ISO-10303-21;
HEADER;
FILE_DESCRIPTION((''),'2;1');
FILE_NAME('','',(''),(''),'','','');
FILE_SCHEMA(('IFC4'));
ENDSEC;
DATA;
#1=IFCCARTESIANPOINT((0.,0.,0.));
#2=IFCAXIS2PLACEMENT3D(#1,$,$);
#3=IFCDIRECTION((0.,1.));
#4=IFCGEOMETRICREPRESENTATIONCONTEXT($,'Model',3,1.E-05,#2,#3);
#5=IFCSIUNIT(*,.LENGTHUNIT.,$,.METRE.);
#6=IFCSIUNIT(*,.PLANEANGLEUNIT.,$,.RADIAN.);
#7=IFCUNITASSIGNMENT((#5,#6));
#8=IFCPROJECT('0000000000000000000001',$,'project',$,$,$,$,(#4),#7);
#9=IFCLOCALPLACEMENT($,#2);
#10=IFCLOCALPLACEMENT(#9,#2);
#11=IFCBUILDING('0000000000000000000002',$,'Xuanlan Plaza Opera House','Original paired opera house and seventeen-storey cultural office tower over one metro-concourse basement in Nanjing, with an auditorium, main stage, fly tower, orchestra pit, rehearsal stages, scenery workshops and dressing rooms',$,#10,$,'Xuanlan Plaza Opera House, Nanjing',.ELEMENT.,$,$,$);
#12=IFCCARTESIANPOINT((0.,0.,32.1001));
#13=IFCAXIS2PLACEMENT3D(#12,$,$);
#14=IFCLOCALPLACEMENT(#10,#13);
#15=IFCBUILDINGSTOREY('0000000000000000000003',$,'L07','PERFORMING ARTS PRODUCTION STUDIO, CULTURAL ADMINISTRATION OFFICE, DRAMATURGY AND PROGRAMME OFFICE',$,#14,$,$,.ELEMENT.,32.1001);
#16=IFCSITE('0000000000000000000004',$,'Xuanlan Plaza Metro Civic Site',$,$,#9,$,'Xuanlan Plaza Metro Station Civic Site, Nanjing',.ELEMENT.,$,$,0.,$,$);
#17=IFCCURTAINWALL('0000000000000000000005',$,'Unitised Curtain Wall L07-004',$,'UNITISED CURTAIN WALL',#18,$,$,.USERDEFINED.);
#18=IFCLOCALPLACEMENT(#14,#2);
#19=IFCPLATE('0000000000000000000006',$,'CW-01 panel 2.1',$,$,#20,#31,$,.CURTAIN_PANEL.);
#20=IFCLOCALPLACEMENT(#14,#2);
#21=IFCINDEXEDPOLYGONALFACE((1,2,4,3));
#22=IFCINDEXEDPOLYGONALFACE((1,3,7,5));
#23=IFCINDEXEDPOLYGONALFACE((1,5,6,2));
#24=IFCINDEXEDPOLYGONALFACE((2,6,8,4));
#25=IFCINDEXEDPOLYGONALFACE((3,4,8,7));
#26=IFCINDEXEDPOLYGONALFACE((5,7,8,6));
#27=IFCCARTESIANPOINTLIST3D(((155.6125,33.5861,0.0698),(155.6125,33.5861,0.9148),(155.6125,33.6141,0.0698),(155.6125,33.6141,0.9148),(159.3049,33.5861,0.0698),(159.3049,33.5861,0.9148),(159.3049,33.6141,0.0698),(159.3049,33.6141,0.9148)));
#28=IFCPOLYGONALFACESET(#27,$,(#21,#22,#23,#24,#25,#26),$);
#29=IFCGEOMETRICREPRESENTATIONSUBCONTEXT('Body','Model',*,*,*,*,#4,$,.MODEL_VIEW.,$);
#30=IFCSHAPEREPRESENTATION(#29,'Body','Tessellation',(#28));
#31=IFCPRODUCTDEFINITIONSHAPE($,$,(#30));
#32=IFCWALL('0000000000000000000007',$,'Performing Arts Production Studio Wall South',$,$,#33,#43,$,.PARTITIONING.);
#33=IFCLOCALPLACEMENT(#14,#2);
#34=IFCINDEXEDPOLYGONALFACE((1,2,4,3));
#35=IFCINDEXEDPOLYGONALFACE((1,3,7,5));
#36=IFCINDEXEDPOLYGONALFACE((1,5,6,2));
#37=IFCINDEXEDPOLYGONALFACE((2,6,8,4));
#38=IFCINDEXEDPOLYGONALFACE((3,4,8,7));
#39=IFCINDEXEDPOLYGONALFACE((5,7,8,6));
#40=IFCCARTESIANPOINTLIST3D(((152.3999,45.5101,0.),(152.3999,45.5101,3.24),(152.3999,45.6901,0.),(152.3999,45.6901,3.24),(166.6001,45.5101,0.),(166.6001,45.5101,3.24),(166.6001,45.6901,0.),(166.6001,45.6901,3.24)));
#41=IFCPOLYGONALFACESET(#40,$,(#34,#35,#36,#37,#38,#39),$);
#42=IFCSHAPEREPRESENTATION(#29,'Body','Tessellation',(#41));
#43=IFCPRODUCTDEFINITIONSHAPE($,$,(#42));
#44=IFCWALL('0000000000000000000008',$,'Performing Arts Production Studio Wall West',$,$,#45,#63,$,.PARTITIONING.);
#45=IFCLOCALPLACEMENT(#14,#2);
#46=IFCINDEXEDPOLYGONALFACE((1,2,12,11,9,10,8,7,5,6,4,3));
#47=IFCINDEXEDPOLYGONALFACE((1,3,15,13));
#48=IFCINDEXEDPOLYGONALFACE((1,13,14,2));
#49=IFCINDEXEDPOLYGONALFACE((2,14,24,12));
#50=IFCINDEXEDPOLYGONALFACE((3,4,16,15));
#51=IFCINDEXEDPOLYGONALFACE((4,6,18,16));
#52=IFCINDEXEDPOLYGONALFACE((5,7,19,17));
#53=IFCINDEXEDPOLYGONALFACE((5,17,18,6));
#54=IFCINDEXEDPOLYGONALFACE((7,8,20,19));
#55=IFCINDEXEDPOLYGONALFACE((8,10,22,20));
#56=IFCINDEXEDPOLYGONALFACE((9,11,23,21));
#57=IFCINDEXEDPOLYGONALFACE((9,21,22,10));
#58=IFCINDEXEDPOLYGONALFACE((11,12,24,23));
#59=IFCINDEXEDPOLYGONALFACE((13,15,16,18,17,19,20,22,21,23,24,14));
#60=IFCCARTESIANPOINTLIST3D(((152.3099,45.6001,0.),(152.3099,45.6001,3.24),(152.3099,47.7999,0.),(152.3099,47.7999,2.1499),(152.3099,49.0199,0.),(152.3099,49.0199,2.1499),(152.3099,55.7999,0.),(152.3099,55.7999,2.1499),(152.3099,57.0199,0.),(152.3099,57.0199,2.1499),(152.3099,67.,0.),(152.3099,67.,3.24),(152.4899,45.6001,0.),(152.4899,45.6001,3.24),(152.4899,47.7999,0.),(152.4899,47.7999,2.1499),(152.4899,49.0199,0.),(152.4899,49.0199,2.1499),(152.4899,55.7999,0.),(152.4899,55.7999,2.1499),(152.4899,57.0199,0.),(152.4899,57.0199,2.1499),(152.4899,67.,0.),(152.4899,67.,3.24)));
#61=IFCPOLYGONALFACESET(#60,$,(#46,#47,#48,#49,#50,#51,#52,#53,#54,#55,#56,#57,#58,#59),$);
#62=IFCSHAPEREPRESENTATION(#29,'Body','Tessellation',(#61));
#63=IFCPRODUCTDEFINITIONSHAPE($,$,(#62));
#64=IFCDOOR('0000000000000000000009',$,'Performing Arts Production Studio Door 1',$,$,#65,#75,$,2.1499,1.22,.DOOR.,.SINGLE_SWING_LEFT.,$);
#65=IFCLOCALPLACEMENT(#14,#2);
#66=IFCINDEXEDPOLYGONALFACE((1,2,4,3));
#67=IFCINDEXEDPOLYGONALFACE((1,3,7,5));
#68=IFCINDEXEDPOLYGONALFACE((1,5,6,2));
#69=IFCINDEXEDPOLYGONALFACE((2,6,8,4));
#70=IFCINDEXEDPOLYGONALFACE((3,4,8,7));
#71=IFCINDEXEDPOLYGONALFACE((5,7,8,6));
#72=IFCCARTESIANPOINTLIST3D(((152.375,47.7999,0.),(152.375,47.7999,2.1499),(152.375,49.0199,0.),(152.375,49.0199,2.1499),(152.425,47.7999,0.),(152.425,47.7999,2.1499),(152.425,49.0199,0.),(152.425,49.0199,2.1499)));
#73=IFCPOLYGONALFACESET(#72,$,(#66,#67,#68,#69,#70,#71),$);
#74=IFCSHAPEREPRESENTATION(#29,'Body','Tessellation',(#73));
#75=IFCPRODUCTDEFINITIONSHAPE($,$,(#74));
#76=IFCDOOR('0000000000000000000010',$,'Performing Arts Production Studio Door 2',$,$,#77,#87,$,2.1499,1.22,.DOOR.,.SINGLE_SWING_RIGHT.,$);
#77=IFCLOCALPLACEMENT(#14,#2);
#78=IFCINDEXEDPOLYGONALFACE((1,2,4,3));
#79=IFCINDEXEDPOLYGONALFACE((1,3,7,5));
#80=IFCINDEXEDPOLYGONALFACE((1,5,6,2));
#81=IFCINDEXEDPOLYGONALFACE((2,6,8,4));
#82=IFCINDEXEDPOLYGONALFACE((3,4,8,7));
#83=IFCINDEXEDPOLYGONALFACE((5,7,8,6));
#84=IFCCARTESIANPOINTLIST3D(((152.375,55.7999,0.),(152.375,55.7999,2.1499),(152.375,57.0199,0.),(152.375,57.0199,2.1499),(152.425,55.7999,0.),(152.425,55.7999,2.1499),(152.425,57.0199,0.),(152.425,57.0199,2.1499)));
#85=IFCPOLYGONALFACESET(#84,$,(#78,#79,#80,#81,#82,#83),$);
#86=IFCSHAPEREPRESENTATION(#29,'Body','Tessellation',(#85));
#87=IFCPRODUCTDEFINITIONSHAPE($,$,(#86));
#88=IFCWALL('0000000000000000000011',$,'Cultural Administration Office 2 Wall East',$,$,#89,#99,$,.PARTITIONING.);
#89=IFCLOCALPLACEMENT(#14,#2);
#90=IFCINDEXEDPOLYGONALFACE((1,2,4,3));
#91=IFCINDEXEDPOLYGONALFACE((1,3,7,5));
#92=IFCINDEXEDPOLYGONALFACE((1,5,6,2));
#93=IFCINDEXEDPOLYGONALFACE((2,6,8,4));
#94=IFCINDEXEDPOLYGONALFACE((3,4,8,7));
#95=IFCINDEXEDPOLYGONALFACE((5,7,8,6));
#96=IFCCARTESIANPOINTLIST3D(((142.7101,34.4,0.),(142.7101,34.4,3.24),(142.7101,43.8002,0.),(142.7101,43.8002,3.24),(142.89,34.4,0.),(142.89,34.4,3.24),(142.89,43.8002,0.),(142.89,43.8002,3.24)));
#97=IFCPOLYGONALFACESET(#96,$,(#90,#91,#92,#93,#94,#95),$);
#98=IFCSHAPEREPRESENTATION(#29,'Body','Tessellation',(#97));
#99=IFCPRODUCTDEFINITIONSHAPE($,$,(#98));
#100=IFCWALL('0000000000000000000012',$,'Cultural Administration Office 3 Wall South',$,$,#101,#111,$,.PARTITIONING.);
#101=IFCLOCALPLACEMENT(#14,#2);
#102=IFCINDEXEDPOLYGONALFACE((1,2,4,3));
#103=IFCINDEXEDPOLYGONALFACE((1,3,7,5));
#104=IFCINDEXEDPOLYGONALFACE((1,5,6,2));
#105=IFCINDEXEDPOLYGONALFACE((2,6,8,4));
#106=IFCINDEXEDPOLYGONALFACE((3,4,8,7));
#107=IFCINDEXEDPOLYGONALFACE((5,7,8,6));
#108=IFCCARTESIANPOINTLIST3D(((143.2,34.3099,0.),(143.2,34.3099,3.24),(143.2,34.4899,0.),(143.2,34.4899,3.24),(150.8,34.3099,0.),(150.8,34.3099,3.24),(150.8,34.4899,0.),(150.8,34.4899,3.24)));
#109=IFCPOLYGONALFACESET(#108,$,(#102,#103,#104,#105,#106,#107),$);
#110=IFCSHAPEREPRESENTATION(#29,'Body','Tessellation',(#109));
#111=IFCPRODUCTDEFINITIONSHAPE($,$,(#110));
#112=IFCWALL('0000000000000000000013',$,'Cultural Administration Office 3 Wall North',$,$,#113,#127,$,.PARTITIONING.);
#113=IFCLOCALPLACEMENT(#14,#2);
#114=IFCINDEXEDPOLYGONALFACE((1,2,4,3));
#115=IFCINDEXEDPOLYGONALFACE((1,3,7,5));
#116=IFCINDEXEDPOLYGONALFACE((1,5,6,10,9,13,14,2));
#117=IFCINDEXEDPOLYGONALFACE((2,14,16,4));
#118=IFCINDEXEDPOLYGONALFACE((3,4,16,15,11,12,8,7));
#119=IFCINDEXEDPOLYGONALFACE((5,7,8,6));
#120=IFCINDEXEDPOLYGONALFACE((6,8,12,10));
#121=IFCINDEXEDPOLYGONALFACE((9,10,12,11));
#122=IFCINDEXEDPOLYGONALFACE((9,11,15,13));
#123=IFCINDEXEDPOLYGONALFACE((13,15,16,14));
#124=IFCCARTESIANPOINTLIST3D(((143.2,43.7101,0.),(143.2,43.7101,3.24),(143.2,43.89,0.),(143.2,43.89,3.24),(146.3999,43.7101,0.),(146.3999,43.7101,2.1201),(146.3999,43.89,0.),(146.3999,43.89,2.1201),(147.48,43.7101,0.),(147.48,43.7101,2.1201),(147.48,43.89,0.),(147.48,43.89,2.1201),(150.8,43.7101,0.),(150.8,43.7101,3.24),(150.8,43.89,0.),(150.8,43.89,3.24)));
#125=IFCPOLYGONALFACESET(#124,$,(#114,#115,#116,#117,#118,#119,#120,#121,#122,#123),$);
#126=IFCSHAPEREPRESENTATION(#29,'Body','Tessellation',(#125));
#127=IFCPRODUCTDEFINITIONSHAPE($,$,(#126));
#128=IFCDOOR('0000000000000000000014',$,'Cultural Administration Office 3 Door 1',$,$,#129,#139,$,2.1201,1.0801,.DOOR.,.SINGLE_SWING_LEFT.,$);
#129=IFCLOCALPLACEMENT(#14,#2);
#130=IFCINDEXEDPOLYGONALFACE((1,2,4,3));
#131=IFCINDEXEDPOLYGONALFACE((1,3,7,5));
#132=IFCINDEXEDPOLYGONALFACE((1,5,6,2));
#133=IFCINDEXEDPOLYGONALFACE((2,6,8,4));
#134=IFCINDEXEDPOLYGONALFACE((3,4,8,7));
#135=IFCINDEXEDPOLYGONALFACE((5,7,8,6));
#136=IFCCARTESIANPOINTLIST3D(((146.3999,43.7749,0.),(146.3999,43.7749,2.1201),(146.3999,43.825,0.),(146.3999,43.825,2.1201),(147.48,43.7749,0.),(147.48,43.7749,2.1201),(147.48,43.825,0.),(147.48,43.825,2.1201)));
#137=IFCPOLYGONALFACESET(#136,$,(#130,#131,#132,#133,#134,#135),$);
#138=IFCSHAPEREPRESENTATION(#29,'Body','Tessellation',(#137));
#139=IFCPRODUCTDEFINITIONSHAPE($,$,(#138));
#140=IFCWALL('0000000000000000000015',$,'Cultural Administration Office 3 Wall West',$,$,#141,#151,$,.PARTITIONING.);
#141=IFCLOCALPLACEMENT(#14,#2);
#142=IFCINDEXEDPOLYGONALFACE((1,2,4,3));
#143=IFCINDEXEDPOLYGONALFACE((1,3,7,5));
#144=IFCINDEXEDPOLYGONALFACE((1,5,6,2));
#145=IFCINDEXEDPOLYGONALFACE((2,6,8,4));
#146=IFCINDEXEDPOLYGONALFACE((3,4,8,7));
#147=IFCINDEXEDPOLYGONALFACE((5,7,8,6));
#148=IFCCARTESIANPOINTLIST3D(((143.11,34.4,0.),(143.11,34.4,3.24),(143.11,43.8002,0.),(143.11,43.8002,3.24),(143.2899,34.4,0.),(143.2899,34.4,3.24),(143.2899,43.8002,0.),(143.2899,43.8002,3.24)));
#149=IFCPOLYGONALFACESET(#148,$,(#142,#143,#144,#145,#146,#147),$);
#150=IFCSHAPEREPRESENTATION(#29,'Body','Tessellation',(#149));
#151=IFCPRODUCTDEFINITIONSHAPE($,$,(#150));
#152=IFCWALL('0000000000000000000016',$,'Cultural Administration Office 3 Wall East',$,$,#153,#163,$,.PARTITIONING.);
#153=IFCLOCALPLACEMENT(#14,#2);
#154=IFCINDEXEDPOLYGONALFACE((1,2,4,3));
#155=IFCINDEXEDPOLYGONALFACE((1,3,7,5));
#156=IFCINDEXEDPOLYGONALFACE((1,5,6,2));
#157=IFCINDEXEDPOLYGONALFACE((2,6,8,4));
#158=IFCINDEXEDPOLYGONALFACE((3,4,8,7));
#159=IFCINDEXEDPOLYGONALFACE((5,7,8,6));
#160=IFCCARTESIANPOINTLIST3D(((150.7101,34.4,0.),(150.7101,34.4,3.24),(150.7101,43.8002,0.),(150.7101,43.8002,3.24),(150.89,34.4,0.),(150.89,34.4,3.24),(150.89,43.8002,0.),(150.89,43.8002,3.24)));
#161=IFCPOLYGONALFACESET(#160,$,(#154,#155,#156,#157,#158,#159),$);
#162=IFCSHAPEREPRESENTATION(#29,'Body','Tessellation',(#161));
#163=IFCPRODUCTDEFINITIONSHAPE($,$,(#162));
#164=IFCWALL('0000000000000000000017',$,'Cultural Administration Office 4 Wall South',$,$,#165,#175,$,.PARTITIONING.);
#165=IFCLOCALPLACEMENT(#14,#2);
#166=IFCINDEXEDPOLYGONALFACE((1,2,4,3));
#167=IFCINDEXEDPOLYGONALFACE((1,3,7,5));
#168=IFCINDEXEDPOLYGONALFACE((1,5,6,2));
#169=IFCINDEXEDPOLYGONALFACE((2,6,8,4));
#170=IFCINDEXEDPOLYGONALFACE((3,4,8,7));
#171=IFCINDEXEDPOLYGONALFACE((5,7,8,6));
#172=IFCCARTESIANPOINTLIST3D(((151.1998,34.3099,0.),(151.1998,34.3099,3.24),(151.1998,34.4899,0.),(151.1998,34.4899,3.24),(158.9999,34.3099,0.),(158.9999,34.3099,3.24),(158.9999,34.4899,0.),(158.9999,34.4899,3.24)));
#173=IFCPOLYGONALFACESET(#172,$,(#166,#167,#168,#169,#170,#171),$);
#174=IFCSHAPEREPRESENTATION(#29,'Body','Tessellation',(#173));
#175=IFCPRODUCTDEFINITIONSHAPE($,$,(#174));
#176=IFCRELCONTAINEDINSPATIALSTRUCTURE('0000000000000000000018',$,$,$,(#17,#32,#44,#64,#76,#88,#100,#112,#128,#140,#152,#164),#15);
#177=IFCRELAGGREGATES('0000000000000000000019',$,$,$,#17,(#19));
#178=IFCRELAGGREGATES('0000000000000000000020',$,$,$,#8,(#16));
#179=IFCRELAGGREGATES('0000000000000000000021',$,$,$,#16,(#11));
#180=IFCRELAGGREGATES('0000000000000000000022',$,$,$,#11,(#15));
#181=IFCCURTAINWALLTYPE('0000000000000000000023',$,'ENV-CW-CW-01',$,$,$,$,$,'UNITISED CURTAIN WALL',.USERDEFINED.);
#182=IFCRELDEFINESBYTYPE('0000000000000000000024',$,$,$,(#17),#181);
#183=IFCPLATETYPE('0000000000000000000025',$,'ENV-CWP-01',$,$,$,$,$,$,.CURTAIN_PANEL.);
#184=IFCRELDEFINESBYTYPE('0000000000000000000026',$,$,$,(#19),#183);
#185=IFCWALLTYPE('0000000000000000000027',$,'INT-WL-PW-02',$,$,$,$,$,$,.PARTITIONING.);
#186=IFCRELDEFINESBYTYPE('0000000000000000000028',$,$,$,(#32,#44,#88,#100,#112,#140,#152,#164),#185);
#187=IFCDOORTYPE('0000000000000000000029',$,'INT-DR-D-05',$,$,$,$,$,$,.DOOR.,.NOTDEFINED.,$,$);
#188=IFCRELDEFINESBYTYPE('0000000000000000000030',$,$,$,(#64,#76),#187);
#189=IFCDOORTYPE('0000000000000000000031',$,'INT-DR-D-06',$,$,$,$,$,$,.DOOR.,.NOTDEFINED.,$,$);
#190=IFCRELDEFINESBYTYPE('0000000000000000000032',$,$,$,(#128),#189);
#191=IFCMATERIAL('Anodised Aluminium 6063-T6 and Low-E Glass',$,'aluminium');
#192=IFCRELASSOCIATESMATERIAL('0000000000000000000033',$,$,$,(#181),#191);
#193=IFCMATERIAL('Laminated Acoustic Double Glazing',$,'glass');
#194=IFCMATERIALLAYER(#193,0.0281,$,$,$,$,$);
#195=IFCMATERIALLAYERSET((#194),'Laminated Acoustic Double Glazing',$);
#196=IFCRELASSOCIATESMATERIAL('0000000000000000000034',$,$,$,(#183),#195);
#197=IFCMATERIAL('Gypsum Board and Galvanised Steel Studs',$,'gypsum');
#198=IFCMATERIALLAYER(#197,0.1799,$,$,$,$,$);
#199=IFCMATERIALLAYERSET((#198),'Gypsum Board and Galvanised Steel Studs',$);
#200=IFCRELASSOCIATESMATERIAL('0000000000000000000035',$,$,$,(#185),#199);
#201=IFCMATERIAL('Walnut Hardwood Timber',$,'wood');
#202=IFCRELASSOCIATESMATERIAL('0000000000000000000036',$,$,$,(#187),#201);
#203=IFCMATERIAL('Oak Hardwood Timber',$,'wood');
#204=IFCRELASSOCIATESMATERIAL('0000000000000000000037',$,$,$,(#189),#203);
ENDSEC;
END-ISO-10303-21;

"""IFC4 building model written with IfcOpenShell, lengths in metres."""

from ifc_helpers import new_model, si_unit, direction, frame, frame_2d, origin, origin_2d, place, context, subcontext, project, spatial, rectangle, extrude, material, layer, layer_set, type_object, element, fill, aggregate, save


model = new_model("IFC4")

# Units and contexts
model_context = context("Model", 3, precision=1e-05, world=origin(), true_north=direction((0.0, 1.0)))
body_context = subcontext(model_context, "Body", "Model", "MODEL_VIEW")
ifc_project = project(units=[si_unit("LENGTHUNIT", "METRE"), si_unit("PLANEANGLEUNIT", "RADIAN")], contexts=[model_context])

# Site, building, storey
site_placement = place(None, origin())
site = spatial("IfcSite", under=ifc_project, at=site_placement, Name="Xuanlan Plaza Metro Civic Site", LongName="Xuanlan Plaza Metro Station Civic Site, Nanjing", CompositionType="ELEMENT", RefElevation=0.0)
building_placement = place(site_placement, origin())
building = spatial("IfcBuilding", under=site, at=building_placement, Name="Xuanlan Plaza Opera House", Description="Original paired opera house and seventeen-storey cultural office tower over one metro-concourse basement in Nanjing, with an auditorium, main stage, fly tower, orchestra pit, rehearsal stages, scenery workshops and dressing rooms", LongName="Xuanlan Plaza Opera House, Nanjing", CompositionType="ELEMENT")
storey_placement = place(building_placement, frame((0.0, 0.0, 32.1001)))
storey = spatial("IfcBuildingStorey", under=building, at=storey_placement, Name="L07", Description="PERFORMING ARTS PRODUCTION STUDIO, CULTURAL ADMINISTRATION OFFICE, DRAMATURGY AND PROGRAMME OFFICE", CompositionType="ELEMENT", Elevation=32.1001)

# Curtain wall
ifc_material_1 = material(Name="Anodised Aluminium 6063-T6 and Low-E Glass", Category="aluminium")
curtain_wall_type = type_object("IfcCurtainWallType", Name="ENV-CW-CW-01", ElementType="UNITISED CURTAIN WALL", PredefinedType="USERDEFINED", material=ifc_material_1)
curtain_wall_placement = place(storey_placement, origin())
curtain_wall = element("IfcCurtainWall", 1, at=curtain_wall_placement, inside=storey, type_object=curtain_wall_type, Name="Unitised Curtain Wall L07-004", ObjectType="UNITISED CURTAIN WALL", PredefinedType="USERDEFINED")

# Plate
ifc_material_2 = material(Name="Laminated Acoustic Double Glazing", Category="glass")
ifc_layer_1 = layer(ifc_material_2, 0.0281)
ifc_layer_set_1 = layer_set([ifc_layer_1], Name="Laminated Acoustic Double Glazing")
plate_type = type_object("IfcPlateType", Name="ENV-CWP-01", PredefinedType="CURTAIN_PANEL", material=ifc_layer_set_1)
plate_placement = place(storey_placement, frame((157.4587, 33.6001, 0.0698), z_axis=(0.0, 0.0, 1.0), x_axis=(1.0, 0.0, 0.0)))
plate = element("IfcPlate", 2, at=plate_placement, type_object=plate_type, Name="CW-01 panel 2.1", PredefinedType="CURTAIN_PANEL", context=body_context, shape_type="SweptSolid", body=[
    extrude(rectangle(XDim=3.6924, YDim=0.0281, at=origin_2d()), origin(), (0.0, 0.0, 1.0), 0.845),
])
aggregate(curtain_wall, [plate])

# Wall
ifc_material_3 = material(Name="Gypsum Board and Galvanised Steel Studs", Category="gypsum")
ifc_layer_2 = layer(ifc_material_3, 0.1799)
ifc_layer_set_2 = layer_set([ifc_layer_2], Name="Gypsum Board and Galvanised Steel Studs")
wall_type = type_object("IfcWallType", Name="INT-WL-PW-02", PredefinedType="PARTITIONING", material=ifc_layer_set_2)
wall_1_placement = place(storey_placement, frame((152.3999, 45.6001, 0.0), z_axis=(0.0, 0.0, 1.0), x_axis=(1.0, 0.0, 0.0)))
element("IfcWall", 3, at=wall_1_placement, inside=storey, type_object=wall_type, Name="Performing Arts Production Studio Wall South", PredefinedType="PARTITIONING", context=body_context, shape_type="SweptSolid", body=[
    extrude(rectangle(XDim=14.2002, YDim=0.1799, at=frame_2d((7.1001, 0.0))), origin(), (0.0, 0.0, 1.0), 3.24),
])

# Wall, openings, doors
wall_2_placement = place(storey_placement, frame((152.3999, 45.6001, 0.0), z_axis=(0.0, 0.0, 1.0), x_axis=(0.0, 1.0, 0.0)))
wall_2 = element("IfcWall", 4, at=wall_2_placement, inside=storey, type_object=wall_type, Name="Performing Arts Production Studio Wall West", PredefinedType="PARTITIONING", context=body_context, shape_type="SweptSolid", body=[
    extrude(rectangle(XDim=21.3999, YDim=0.1799, at=frame_2d((10.7, 0.0))), origin(), (0.0, 0.0, 1.0), 3.24),
])
opening_1_placement = place(wall_2_placement, frame((2.2, 0.0, 0.0)))
opening_1 = element("IfcOpeningElement", 5, at=opening_1_placement, cuts=wall_2, PredefinedType="OPENING", context=body_context, shape_type="SweptSolid", body=[
    extrude(rectangle(XDim=1.22, YDim=2.1499, at=frame_2d((0.6099, 1.075))), frame((0.0, 0.0999, 0.0), z_axis=(0.0, -1.0, 0.0), x_axis=(1.0, 0.0, 0.0)), (0.0, 0.0, 1.0), 0.2),
])
opening_2_placement = place(wall_2_placement, frame((10.2, 0.0, 0.0)))
opening_2 = element("IfcOpeningElement", 6, at=opening_2_placement, cuts=wall_2, PredefinedType="OPENING", context=body_context, shape_type="SweptSolid", body=[
    extrude(rectangle(XDim=1.22, YDim=2.1499, at=frame_2d((0.6099, 1.075))), frame((0.0, 0.0999, 0.0), z_axis=(0.0, -1.0, 0.0), x_axis=(1.0, 0.0, 0.0)), (0.0, 0.0, 1.0), 0.2),
])
ifc_material_4 = material(Name="Walnut Hardwood Timber", Category="wood")
door_type_1 = type_object("IfcDoorType", Name="INT-DR-D-05", OperationType="NOTDEFINED", PredefinedType="DOOR", material=ifc_material_4)
door_1_placement = place(opening_1_placement, origin())
door_1 = element("IfcDoor", 7, at=door_1_placement, inside=storey, type_object=door_type_1, Name="Performing Arts Production Studio Door 1", OperationType="SINGLE_SWING_LEFT", OverallHeight=2.1499, OverallWidth=1.22, PredefinedType="DOOR", context=body_context, shape_type="SweptSolid", body=[
    extrude(rectangle(XDim=1.22, YDim=2.1499, at=frame_2d((0.6099, 1.075))), frame((0.0, 0.0249, 0.0), z_axis=(0.0, -1.0, 0.0), x_axis=(1.0, 0.0, 0.0)), (0.0, 0.0, 1.0), 0.05),
])
fill(opening_1, door_1)
door_2_placement = place(opening_2_placement, origin())
door_2 = element("IfcDoor", 8, at=door_2_placement, inside=storey, type_object=door_type_1, Name="Performing Arts Production Studio Door 2", OperationType="SINGLE_SWING_RIGHT", OverallHeight=2.1499, OverallWidth=1.22, PredefinedType="DOOR", context=body_context, shape_type="SweptSolid", body=[
    extrude(rectangle(XDim=1.22, YDim=2.1499, at=frame_2d((0.6099, 1.075))), frame((0.0, 0.0249, 0.0), z_axis=(0.0, -1.0, 0.0), x_axis=(1.0, 0.0, 0.0)), (0.0, 0.0, 1.0), 0.05),
])
fill(opening_2, door_2)

# Walls
wall_3_placement = place(storey_placement, frame((142.8, 34.3999, 0.0), z_axis=(0.0, 0.0, 1.0), x_axis=(0.0, 1.0, 0.0)))
element("IfcWall", 9, at=wall_3_placement, inside=storey, type_object=wall_type, Name="Cultural Administration Office 2 Wall East", PredefinedType="PARTITIONING", context=body_context, shape_type="SweptSolid", body=[
    extrude(rectangle(XDim=9.4001, YDim=0.1799, at=frame_2d((4.7002, 0.0))), origin(), (0.0, 0.0, 1.0), 3.24),
])
wall_4_placement = place(storey_placement, frame((143.2, 34.3999, 0.0), z_axis=(0.0, 0.0, 1.0), x_axis=(1.0, 0.0, 0.0)))
element("IfcWall", 10, at=wall_4_placement, inside=storey, type_object=wall_type, Name="Cultural Administration Office 3 Wall South", PredefinedType="PARTITIONING", context=body_context, shape_type="SweptSolid", body=[
    extrude(rectangle(XDim=7.6001, YDim=0.1799, at=frame_2d((3.8, 0.0))), origin(), (0.0, 0.0, 1.0), 3.24),
])

# Wall, opening, door
wall_5_placement = place(storey_placement, frame((143.2, 43.8, 0.0), z_axis=(0.0, 0.0, 1.0), x_axis=(1.0, 0.0, 0.0)))
wall_5 = element("IfcWall", 11, at=wall_5_placement, inside=storey, type_object=wall_type, Name="Cultural Administration Office 3 Wall North", PredefinedType="PARTITIONING", context=body_context, shape_type="SweptSolid", body=[
    extrude(rectangle(XDim=7.6001, YDim=0.1799, at=frame_2d((3.8, 0.0))), origin(), (0.0, 0.0, 1.0), 3.24),
])
opening_3_placement = place(wall_5_placement, frame((3.2, 0.0, 0.0)))
opening_3 = element("IfcOpeningElement", 12, at=opening_3_placement, cuts=wall_5, PredefinedType="OPENING", context=body_context, shape_type="SweptSolid", body=[
    extrude(rectangle(XDim=1.0801, YDim=2.1201, at=frame_2d((0.54, 1.0601))), frame((0.0, 0.0999, 0.0), z_axis=(0.0, -1.0, 0.0), x_axis=(1.0, 0.0, 0.0)), (0.0, 0.0, 1.0), 0.2),
])
ifc_material_5 = material(Name="Oak Hardwood Timber", Category="wood")
door_type_2 = type_object("IfcDoorType", Name="INT-DR-D-06", OperationType="NOTDEFINED", PredefinedType="DOOR", material=ifc_material_5)
door_3_placement = place(opening_3_placement, origin())
door_3 = element("IfcDoor", 13, at=door_3_placement, inside=storey, type_object=door_type_2, Name="Cultural Administration Office 3 Door 1", OperationType="SINGLE_SWING_LEFT", OverallHeight=2.1201, OverallWidth=1.0801, PredefinedType="DOOR", context=body_context, shape_type="SweptSolid", body=[
    extrude(rectangle(XDim=1.0801, YDim=2.1201, at=frame_2d((0.54, 1.0601))), frame((0.0, 0.0249, 0.0), z_axis=(0.0, -1.0, 0.0), x_axis=(1.0, 0.0, 0.0)), (0.0, 0.0, 1.0), 0.05),
])
fill(opening_3, door_3)

# Walls
for number, where, z_axis, x_axis, name in (
    (14, (143.2, 34.3999, 0.0), (0.0, 0.0, 1.0), (0.0, 1.0, 0.0), "Cultural Administration Office 3 Wall West"),
    (15, (150.8, 34.3999, 0.0), (0.0, 0.0, 1.0), (0.0, 1.0, 0.0), "Cultural Administration Office 3 Wall East"),
):
    element("IfcWall", number, at=place(storey_placement, frame(where, z_axis=z_axis, x_axis=x_axis)), inside=storey, type_object=wall_type, Name=name, PredefinedType="PARTITIONING", context=body_context, shape_type="SweptSolid", body=[
        extrude(rectangle(XDim=9.4001, YDim=0.1799, at=frame_2d((4.7002, 0.0))), origin(), (0.0, 0.0, 1.0), 3.24),
    ])
wall_6_placement = place(storey_placement, frame((151.2, 34.3999, 0.0), z_axis=(0.0, 0.0, 1.0), x_axis=(1.0, 0.0, 0.0)))
element("IfcWall", 16, at=wall_6_placement, inside=storey, type_object=wall_type, Name="Cultural Administration Office 4 Wall South", PredefinedType="PARTITIONING", context=body_context, shape_type="SweptSolid", body=[
    extrude(rectangle(XDim=7.8, YDim=0.1799, at=frame_2d((3.8999, 0.0))), origin(), (0.0, 0.0, 1.0), 3.24),
])

save(model, "model.ifc")
